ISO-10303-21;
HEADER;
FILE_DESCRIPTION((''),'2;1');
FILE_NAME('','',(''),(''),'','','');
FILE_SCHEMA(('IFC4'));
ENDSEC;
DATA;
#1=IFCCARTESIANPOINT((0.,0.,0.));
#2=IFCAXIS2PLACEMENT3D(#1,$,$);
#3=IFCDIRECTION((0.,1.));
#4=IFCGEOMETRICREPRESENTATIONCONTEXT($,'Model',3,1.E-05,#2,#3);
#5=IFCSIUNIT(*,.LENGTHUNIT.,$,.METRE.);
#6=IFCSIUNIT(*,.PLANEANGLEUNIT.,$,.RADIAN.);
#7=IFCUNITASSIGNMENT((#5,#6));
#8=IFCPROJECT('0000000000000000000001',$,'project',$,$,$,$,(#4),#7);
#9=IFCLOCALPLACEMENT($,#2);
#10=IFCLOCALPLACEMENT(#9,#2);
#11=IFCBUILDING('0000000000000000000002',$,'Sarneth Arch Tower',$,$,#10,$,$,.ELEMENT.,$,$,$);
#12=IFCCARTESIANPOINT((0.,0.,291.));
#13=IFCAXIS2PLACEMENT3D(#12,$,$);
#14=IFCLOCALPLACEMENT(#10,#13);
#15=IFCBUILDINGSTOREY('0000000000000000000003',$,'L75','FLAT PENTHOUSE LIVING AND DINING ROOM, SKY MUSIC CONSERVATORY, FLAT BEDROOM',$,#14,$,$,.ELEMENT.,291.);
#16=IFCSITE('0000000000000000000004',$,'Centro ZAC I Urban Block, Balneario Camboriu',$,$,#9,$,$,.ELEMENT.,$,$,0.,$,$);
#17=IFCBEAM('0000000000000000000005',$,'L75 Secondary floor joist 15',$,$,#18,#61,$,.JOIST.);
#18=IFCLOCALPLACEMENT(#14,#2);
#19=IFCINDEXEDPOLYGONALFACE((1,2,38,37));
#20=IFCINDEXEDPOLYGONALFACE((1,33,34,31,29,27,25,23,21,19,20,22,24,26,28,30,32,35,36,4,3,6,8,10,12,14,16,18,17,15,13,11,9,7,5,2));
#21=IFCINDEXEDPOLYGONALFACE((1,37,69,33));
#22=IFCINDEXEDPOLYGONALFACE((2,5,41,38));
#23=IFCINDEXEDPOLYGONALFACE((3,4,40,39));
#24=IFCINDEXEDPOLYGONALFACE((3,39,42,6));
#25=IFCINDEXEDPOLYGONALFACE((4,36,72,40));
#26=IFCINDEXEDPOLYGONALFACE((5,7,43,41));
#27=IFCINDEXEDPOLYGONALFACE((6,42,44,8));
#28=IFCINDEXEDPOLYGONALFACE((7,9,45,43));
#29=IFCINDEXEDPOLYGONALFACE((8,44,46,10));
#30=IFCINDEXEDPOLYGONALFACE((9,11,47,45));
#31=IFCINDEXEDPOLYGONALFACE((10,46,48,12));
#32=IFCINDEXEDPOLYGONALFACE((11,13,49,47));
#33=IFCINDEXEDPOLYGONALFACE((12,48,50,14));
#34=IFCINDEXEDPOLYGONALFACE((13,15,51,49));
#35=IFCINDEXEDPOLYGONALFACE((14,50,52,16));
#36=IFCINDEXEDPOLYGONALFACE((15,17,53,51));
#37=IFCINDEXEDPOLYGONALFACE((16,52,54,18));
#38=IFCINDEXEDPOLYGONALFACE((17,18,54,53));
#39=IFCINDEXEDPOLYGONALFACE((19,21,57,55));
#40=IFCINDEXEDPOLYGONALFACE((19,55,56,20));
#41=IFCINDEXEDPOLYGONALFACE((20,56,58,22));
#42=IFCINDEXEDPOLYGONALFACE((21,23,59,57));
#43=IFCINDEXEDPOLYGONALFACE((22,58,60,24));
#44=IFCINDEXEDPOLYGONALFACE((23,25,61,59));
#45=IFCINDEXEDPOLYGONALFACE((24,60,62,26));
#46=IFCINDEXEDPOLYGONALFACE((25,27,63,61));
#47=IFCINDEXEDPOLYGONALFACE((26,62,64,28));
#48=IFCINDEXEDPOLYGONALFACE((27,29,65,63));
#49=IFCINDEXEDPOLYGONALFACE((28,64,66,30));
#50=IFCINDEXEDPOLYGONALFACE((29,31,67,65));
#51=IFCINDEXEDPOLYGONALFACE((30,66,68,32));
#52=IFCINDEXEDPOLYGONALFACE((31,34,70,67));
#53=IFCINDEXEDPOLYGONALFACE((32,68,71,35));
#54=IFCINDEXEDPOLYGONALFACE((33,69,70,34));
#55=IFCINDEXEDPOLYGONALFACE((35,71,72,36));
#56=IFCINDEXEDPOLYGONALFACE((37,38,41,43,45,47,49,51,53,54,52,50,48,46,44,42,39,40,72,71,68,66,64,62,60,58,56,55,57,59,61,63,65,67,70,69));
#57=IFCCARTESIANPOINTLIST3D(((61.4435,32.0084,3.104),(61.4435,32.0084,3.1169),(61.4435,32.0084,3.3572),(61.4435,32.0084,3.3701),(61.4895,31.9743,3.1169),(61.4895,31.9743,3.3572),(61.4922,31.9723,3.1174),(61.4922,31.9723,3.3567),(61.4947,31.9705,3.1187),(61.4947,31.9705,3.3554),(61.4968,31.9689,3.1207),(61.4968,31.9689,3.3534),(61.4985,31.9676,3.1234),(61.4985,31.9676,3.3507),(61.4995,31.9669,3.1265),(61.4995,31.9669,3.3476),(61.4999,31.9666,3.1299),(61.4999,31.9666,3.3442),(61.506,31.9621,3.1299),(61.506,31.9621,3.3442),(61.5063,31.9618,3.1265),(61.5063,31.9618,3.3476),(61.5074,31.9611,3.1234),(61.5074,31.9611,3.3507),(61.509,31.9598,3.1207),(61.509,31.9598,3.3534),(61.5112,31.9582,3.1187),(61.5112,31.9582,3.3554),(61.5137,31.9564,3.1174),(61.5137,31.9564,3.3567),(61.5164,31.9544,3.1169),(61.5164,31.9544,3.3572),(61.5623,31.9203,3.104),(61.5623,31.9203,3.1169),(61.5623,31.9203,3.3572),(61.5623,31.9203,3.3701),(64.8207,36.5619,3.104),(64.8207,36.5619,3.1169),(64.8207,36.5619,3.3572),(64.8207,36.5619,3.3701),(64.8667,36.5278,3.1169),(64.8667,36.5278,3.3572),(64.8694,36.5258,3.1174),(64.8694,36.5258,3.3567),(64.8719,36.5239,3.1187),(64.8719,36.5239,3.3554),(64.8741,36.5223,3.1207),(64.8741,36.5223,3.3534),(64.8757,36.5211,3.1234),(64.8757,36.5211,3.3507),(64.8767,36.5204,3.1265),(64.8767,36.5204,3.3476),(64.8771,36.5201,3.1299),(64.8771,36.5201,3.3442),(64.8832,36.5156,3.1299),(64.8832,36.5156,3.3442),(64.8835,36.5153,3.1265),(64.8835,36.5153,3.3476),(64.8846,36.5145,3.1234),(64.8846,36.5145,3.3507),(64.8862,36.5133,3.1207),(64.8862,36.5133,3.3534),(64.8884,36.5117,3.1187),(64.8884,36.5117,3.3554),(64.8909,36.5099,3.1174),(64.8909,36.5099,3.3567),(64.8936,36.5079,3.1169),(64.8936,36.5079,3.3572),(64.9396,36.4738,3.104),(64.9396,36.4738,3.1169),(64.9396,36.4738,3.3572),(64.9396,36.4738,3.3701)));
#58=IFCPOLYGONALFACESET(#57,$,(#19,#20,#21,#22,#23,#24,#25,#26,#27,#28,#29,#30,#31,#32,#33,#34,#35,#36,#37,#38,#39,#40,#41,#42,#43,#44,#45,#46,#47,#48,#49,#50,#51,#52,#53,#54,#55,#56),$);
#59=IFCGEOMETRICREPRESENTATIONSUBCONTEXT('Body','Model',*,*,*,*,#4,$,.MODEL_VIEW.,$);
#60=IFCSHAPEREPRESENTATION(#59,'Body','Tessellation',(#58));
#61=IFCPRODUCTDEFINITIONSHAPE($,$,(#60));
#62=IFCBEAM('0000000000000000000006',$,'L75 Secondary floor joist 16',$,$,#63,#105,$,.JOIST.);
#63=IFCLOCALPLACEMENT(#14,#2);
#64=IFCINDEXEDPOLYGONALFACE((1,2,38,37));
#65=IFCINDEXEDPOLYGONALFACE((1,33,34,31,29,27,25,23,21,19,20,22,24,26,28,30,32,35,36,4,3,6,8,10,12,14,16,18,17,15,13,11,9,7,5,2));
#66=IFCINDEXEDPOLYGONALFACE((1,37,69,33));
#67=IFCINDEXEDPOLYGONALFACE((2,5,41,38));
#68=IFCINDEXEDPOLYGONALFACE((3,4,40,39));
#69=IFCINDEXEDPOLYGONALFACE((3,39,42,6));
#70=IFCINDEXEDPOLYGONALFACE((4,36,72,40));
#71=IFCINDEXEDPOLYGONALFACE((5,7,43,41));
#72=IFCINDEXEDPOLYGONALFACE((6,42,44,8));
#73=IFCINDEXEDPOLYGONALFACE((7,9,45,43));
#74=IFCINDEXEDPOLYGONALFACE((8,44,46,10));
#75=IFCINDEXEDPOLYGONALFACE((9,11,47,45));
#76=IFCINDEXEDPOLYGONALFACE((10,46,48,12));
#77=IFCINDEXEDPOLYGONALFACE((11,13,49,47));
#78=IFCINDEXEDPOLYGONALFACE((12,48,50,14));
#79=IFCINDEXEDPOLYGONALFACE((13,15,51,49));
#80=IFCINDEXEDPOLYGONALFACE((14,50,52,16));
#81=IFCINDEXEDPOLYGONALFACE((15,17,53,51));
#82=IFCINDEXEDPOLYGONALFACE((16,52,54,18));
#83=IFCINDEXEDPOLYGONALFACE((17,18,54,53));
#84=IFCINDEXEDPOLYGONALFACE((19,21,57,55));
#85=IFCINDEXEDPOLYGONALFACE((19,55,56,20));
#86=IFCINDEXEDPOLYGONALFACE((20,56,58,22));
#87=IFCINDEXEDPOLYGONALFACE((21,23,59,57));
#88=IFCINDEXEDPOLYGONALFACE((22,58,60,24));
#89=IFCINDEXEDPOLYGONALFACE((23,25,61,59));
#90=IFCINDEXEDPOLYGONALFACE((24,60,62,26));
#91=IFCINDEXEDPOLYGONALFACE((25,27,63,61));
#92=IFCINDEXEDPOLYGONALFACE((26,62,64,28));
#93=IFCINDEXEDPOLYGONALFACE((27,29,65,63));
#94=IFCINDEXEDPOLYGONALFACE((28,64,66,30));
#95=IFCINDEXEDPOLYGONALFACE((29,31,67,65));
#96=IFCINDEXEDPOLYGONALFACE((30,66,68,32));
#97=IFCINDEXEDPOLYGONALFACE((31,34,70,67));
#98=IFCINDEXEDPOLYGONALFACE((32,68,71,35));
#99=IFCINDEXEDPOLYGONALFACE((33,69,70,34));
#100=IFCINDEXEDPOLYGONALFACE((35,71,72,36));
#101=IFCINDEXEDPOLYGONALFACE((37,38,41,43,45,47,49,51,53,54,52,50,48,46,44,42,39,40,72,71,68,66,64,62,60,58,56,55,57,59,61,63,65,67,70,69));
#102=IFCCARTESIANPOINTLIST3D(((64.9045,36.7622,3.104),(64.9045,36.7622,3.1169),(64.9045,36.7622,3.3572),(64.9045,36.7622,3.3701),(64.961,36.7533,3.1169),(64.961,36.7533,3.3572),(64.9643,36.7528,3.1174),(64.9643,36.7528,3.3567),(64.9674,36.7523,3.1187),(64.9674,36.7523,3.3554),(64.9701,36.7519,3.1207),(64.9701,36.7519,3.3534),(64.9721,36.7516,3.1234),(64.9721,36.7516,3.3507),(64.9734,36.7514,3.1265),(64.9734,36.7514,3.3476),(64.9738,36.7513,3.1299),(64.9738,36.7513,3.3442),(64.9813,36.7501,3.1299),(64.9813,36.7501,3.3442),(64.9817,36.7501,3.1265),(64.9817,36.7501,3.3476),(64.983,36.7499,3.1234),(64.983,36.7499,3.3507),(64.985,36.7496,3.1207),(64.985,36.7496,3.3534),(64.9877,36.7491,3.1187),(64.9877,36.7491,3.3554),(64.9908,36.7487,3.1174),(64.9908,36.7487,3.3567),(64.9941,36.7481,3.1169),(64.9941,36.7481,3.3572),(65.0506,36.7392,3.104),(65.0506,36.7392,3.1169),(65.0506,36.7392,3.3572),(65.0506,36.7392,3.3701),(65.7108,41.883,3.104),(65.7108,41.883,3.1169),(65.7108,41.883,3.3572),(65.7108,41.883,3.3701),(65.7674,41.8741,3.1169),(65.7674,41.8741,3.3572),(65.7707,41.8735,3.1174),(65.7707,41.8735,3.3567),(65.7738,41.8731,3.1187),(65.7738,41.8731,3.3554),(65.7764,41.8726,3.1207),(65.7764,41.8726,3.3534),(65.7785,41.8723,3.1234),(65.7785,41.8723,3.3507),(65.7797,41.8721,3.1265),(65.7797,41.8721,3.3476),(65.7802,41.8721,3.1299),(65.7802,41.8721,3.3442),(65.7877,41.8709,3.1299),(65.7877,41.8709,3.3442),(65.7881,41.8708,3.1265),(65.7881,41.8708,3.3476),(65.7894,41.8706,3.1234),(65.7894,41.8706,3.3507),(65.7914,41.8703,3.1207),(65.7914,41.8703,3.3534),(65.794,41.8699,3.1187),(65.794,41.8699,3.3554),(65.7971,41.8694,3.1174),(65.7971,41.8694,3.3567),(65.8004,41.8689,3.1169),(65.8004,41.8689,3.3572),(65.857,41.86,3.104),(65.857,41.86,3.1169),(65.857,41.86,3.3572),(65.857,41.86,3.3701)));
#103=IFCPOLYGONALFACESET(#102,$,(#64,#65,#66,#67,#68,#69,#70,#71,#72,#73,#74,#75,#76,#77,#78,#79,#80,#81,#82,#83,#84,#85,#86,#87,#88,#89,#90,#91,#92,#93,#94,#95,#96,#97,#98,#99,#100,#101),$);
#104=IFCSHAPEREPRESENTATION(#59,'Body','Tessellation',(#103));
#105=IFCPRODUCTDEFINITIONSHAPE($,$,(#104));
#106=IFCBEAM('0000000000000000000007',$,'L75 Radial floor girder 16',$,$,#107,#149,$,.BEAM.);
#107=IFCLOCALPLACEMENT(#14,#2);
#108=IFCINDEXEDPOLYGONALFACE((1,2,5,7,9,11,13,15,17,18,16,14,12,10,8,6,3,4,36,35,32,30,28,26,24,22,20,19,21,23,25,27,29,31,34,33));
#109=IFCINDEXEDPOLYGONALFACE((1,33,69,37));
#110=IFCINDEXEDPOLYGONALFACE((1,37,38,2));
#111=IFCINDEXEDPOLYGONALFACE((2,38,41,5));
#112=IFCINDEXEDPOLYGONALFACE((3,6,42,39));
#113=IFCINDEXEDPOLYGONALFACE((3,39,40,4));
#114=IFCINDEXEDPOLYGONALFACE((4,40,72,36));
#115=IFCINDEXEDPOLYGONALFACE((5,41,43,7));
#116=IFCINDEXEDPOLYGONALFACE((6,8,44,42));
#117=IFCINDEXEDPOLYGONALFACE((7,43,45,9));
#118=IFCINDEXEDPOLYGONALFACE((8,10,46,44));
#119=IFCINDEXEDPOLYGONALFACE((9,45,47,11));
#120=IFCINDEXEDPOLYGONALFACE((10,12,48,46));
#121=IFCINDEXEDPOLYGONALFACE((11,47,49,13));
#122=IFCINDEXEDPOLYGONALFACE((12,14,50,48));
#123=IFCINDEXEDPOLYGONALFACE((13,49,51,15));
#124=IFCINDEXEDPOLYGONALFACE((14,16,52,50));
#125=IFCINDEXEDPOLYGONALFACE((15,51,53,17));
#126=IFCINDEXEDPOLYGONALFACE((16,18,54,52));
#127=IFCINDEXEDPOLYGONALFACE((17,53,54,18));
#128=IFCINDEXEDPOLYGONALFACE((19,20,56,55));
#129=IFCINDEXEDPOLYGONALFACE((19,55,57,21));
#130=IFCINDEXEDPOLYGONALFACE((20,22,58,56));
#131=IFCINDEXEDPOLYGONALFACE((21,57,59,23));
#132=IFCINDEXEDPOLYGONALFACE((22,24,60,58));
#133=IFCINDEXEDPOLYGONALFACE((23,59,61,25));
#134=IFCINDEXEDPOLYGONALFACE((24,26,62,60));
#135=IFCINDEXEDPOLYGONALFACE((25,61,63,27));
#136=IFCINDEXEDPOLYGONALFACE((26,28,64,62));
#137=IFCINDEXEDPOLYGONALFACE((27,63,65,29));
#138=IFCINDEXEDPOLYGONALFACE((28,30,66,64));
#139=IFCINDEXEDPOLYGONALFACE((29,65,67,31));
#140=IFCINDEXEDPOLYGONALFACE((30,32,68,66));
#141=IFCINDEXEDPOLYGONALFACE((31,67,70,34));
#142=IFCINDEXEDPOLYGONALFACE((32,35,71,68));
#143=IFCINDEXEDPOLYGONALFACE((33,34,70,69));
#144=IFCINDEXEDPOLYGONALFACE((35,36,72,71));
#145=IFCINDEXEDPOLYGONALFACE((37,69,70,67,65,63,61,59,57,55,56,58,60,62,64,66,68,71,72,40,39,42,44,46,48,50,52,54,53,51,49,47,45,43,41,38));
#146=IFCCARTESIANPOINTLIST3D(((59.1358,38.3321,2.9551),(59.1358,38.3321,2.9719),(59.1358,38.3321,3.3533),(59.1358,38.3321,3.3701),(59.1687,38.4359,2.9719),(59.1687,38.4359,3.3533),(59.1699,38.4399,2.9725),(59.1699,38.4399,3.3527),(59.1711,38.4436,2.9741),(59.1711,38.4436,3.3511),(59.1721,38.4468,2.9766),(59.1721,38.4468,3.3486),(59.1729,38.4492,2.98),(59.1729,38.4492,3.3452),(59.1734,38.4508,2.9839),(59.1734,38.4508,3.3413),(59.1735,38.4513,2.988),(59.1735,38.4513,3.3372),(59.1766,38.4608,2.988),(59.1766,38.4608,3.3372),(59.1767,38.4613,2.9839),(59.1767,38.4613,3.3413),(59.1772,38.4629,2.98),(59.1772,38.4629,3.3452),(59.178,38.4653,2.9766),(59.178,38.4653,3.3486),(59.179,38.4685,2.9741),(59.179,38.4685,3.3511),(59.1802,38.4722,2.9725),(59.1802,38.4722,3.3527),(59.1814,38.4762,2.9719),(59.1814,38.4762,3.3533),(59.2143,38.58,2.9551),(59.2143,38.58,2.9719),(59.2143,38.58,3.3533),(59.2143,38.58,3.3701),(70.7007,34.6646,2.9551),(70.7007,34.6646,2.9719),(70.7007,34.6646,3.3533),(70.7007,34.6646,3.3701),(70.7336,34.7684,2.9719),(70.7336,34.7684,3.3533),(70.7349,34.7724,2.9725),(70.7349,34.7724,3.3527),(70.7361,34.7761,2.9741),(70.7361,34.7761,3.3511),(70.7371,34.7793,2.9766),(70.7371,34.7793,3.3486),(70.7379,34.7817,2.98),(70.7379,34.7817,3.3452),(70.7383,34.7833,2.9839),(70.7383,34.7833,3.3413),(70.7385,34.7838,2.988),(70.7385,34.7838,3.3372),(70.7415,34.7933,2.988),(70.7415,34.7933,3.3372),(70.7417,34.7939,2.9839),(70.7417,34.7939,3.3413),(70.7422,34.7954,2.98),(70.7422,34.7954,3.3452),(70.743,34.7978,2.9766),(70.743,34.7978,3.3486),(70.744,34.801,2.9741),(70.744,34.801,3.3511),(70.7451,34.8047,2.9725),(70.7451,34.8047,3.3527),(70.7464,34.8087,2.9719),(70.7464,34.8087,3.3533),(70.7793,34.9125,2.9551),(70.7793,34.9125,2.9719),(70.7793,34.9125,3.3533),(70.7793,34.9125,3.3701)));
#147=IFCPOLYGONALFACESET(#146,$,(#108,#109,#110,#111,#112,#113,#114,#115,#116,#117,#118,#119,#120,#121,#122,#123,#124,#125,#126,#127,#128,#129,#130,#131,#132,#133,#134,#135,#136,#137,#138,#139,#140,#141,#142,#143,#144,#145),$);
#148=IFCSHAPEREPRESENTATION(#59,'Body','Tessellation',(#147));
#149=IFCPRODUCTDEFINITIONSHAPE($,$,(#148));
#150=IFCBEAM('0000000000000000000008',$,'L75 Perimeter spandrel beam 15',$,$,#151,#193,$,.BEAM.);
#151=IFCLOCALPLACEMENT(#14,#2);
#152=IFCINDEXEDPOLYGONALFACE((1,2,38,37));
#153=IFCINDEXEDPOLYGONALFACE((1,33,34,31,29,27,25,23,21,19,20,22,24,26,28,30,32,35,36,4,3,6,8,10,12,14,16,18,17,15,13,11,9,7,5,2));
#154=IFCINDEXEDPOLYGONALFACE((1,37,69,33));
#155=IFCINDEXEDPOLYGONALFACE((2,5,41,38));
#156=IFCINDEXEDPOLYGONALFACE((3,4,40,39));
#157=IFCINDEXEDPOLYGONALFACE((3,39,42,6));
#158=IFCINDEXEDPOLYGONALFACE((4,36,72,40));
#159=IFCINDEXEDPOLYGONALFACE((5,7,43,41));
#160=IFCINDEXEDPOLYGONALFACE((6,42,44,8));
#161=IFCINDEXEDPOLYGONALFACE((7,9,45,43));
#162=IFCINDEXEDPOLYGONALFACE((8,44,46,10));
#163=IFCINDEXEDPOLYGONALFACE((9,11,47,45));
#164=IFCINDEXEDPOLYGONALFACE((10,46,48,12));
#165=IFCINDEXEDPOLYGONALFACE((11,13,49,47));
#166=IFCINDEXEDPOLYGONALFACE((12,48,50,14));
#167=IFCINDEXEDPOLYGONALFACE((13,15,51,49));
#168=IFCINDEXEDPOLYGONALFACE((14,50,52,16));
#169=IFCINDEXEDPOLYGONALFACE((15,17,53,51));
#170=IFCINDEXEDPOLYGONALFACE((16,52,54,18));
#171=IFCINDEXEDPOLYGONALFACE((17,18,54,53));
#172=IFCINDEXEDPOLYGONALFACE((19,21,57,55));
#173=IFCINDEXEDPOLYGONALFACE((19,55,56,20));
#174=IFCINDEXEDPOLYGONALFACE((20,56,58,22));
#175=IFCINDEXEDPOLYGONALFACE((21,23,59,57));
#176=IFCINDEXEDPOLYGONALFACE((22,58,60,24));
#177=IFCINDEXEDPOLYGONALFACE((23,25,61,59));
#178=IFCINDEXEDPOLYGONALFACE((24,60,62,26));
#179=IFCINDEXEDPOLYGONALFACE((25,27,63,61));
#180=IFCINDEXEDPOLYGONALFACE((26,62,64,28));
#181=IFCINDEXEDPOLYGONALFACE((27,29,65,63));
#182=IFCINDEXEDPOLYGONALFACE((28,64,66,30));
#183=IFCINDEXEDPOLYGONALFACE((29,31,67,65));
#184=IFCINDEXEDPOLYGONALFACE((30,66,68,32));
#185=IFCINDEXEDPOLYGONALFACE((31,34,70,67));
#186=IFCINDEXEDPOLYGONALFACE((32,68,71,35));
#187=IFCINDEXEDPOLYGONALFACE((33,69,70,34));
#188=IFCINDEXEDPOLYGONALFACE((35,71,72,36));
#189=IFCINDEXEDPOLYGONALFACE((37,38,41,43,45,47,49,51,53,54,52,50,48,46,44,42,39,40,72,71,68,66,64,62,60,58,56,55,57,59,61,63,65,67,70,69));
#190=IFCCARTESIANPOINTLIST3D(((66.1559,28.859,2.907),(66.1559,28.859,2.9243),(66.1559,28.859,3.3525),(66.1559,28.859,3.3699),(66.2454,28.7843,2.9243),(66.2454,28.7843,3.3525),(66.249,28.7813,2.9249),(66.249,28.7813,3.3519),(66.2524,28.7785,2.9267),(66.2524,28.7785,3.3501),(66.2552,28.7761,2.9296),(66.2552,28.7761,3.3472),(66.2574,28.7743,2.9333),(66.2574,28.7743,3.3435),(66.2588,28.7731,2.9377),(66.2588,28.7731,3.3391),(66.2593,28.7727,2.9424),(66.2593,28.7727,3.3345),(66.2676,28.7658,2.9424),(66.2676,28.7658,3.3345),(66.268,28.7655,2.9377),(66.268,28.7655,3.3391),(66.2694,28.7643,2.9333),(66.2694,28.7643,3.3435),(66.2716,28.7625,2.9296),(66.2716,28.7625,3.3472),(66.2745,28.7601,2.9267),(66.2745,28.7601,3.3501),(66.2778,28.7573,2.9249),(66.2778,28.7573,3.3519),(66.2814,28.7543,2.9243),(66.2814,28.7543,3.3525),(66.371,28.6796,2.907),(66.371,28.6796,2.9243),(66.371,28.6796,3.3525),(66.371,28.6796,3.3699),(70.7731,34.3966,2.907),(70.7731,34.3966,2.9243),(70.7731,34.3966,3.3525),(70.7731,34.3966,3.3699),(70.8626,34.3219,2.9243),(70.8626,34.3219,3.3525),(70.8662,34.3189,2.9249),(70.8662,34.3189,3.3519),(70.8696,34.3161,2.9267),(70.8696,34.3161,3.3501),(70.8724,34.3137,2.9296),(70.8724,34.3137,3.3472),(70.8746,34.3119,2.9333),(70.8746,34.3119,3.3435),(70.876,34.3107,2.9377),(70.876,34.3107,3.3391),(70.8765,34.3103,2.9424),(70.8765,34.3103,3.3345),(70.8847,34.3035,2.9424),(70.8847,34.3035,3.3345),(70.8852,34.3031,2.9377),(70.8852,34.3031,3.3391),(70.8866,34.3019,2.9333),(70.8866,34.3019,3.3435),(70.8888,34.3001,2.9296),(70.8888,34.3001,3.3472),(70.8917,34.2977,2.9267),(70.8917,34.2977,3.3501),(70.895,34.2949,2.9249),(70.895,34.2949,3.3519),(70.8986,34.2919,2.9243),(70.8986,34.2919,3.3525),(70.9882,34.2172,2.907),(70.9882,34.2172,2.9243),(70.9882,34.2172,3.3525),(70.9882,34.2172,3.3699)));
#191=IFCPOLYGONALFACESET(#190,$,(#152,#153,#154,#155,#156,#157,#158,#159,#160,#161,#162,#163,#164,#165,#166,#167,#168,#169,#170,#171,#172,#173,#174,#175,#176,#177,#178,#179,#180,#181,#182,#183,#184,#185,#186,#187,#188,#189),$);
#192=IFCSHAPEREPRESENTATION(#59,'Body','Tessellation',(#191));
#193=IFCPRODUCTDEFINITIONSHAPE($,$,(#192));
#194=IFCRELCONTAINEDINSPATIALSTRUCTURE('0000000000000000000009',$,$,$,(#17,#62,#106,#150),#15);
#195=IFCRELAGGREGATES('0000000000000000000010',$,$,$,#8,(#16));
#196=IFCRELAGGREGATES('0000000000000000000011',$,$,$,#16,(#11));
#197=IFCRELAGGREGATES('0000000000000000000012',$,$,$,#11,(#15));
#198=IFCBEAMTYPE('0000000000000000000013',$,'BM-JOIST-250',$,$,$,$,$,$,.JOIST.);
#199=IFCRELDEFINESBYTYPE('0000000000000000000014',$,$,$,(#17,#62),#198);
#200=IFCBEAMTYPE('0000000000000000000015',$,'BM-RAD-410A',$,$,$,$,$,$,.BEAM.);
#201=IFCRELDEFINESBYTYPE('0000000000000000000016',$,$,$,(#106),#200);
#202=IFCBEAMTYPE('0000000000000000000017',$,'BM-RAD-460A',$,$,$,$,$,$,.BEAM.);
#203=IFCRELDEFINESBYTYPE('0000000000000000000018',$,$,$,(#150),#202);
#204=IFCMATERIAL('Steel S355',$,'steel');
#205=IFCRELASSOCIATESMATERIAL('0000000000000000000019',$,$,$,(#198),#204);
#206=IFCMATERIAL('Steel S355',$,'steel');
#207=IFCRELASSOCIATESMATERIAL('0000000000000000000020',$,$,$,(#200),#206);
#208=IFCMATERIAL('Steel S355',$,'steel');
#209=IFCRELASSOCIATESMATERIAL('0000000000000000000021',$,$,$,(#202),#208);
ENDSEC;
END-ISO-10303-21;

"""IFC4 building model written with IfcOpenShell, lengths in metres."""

from ifc_helpers import new_model, si_unit, direction, frame, origin, origin_2d, place, context, subcontext, project, spatial, i_section, extrude, material, material_profile, profile_set, type_object, element, save


model = new_model("IFC4")

# Units and contexts
model_context = context("Model", 3, precision=1e-05, world=origin(), true_north=direction((0.0, 1.0)))
body_context = subcontext(model_context, "Body", "Model", "MODEL_VIEW")
ifc_project = project(units=[si_unit("LENGTHUNIT", "METRE"), si_unit("PLANEANGLEUNIT", "RADIAN")], contexts=[model_context])

# Site, building, storey
site_placement = place(None, origin())
site = spatial("IfcSite", under=ifc_project, at=site_placement, Name="Centro ZAC I Urban Block, Balneario Camboriu", CompositionType="ELEMENT", RefElevation=0.0)
building_placement = place(site_placement, origin())
building = spatial("IfcBuilding", under=site, at=building_placement, Name="Sarneth Arch Tower", CompositionType="ELEMENT")
storey_placement = place(building_placement, frame((0.0, 0.0, 291.0)))
storey = spatial("IfcBuildingStorey", under=building, at=storey_placement, Name="L75", Description="FLAT PENTHOUSE LIVING AND DINING ROOM, SKY MUSIC CONSERVATORY, FLAT BEDROOM", CompositionType="ELEMENT", Elevation=291.0)

# Beams
ifc_material_1 = material(Name="Steel S355", Category="steel")
ifc_material_profile_1 = material_profile(ifc_material_1, i_section(OverallWidth=0.1479, OverallDepth=0.2661, WebThickness=0.0076, FlangeThickness=0.0129, FilletRadius=0.0129, at=origin_2d()), Name="W250x44.8")
ifc_profile_set_1 = profile_set([ifc_material_profile_1], Name="Steel S355")
beam_type_1 = type_object("IfcBeamType", Name="BM-JOIST-250", PredefinedType="JOIST", material=ifc_profile_set_1)
beam_1_placement = place(storey_placement, frame((61.5029, 31.9644, 3.2371), z_axis=(0.595713, 0.803198, 0.0), x_axis=(-0.803198, 0.595713, 0.0)))
element("IfcBeam", 1, at=beam_1_placement, inside=storey, type_object=beam_type_1, Name="L75 Secondary floor joist 15", PredefinedType="JOIST", context=body_context, shape_type="SweptSolid", body=[
    extrude(i_section(OverallWidth=0.1479, OverallDepth=0.2661, WebThickness=0.0076, FlangeThickness=0.0129, FilletRadius=0.0129, at=origin_2d()), origin(), (0.0, 0.0, 1.0), 5.6692),
])
beam_2_placement = place(storey_placement, frame((64.9775, 36.7507, 3.2371), z_axis=(0.155556, 0.987827, 0.0), x_axis=(-0.987827, 0.155556, 0.0)))
element("IfcBeam", 2, at=beam_2_placement, inside=storey, type_object=beam_type_1, Name="L75 Secondary floor joist 16", PredefinedType="JOIST", context=body_context, shape_type="SweptSolid", body=[
    extrude(i_section(OverallWidth=0.1479, OverallDepth=0.2661, WebThickness=0.0076, FlangeThickness=0.0129, FilletRadius=0.0129, at=origin_2d()), origin(), (0.0, 0.0, 1.0), 5.1838),
])
ifc_material_2 = material(Name="Steel S355", Category="steel")
ifc_material_profile_2 = material_profile(ifc_material_2, i_section(OverallWidth=0.26, OverallDepth=0.415, WebThickness=0.01, FlangeThickness=0.0168, FilletRadius=0.0161, at=origin_2d()), Name="W410x100")
ifc_profile_set_2 = profile_set([ifc_material_profile_2], Name="Steel S355")
beam_type_2 = type_object("IfcBeamType", Name="BM-RAD-410A", PredefinedType="BEAM", material=ifc_profile_set_2)
beam_3_placement = place(storey_placement, frame((59.175, 38.4561, 3.1626), z_axis=(0.953218, -0.302285, 0.0), x_axis=(0.302285, 0.953218, 0.0)))
element("IfcBeam", 3, at=beam_3_placement, inside=storey, type_object=beam_type_2, Name="L75 Radial floor girder 16", PredefinedType="BEAM", context=body_context, shape_type="SweptSolid", body=[
    extrude(i_section(OverallWidth=0.26, OverallDepth=0.415, WebThickness=0.01, FlangeThickness=0.0168, FilletRadius=0.0161, at=origin_2d()), origin(), (0.0, 0.0, 1.0), 12.1326),
])
ifc_material_3 = material(Name="Steel S355", Category="steel")
ifc_material_profile_3 = material_profile(ifc_material_3, i_section(OverallWidth=0.28, OverallDepth=0.4629, WebThickness=0.0107, FlangeThickness=0.0173, FilletRadius=0.0181, at=origin_2d()), Name="W460x113")
ifc_profile_set_3 = profile_set([ifc_material_profile_3], Name="Steel S355")
beam_type_3 = type_object("IfcBeamType", Name="BM-RAD-460A", PredefinedType="BEAM", material=ifc_profile_set_3)
beam_4_placement = place(storey_placement, frame((66.2634, 28.7693, 3.1384), z_axis=(0.640391, 0.768049, 0.0), x_axis=(-0.768049, 0.640391, 0.0)))
element("IfcBeam", 4, at=beam_4_placement, inside=storey, type_object=beam_type_3, Name="L75 Perimeter spandrel beam 15", PredefinedType="BEAM", context=body_context, shape_type="SweptSolid", body=[
    extrude(i_section(OverallWidth=0.28, OverallDepth=0.4629, WebThickness=0.0107, FlangeThickness=0.0173, FilletRadius=0.0181, at=origin_2d()), origin(), (0.0, 0.0, 1.0), 7.21),
])

save(model, "model.ifc")
